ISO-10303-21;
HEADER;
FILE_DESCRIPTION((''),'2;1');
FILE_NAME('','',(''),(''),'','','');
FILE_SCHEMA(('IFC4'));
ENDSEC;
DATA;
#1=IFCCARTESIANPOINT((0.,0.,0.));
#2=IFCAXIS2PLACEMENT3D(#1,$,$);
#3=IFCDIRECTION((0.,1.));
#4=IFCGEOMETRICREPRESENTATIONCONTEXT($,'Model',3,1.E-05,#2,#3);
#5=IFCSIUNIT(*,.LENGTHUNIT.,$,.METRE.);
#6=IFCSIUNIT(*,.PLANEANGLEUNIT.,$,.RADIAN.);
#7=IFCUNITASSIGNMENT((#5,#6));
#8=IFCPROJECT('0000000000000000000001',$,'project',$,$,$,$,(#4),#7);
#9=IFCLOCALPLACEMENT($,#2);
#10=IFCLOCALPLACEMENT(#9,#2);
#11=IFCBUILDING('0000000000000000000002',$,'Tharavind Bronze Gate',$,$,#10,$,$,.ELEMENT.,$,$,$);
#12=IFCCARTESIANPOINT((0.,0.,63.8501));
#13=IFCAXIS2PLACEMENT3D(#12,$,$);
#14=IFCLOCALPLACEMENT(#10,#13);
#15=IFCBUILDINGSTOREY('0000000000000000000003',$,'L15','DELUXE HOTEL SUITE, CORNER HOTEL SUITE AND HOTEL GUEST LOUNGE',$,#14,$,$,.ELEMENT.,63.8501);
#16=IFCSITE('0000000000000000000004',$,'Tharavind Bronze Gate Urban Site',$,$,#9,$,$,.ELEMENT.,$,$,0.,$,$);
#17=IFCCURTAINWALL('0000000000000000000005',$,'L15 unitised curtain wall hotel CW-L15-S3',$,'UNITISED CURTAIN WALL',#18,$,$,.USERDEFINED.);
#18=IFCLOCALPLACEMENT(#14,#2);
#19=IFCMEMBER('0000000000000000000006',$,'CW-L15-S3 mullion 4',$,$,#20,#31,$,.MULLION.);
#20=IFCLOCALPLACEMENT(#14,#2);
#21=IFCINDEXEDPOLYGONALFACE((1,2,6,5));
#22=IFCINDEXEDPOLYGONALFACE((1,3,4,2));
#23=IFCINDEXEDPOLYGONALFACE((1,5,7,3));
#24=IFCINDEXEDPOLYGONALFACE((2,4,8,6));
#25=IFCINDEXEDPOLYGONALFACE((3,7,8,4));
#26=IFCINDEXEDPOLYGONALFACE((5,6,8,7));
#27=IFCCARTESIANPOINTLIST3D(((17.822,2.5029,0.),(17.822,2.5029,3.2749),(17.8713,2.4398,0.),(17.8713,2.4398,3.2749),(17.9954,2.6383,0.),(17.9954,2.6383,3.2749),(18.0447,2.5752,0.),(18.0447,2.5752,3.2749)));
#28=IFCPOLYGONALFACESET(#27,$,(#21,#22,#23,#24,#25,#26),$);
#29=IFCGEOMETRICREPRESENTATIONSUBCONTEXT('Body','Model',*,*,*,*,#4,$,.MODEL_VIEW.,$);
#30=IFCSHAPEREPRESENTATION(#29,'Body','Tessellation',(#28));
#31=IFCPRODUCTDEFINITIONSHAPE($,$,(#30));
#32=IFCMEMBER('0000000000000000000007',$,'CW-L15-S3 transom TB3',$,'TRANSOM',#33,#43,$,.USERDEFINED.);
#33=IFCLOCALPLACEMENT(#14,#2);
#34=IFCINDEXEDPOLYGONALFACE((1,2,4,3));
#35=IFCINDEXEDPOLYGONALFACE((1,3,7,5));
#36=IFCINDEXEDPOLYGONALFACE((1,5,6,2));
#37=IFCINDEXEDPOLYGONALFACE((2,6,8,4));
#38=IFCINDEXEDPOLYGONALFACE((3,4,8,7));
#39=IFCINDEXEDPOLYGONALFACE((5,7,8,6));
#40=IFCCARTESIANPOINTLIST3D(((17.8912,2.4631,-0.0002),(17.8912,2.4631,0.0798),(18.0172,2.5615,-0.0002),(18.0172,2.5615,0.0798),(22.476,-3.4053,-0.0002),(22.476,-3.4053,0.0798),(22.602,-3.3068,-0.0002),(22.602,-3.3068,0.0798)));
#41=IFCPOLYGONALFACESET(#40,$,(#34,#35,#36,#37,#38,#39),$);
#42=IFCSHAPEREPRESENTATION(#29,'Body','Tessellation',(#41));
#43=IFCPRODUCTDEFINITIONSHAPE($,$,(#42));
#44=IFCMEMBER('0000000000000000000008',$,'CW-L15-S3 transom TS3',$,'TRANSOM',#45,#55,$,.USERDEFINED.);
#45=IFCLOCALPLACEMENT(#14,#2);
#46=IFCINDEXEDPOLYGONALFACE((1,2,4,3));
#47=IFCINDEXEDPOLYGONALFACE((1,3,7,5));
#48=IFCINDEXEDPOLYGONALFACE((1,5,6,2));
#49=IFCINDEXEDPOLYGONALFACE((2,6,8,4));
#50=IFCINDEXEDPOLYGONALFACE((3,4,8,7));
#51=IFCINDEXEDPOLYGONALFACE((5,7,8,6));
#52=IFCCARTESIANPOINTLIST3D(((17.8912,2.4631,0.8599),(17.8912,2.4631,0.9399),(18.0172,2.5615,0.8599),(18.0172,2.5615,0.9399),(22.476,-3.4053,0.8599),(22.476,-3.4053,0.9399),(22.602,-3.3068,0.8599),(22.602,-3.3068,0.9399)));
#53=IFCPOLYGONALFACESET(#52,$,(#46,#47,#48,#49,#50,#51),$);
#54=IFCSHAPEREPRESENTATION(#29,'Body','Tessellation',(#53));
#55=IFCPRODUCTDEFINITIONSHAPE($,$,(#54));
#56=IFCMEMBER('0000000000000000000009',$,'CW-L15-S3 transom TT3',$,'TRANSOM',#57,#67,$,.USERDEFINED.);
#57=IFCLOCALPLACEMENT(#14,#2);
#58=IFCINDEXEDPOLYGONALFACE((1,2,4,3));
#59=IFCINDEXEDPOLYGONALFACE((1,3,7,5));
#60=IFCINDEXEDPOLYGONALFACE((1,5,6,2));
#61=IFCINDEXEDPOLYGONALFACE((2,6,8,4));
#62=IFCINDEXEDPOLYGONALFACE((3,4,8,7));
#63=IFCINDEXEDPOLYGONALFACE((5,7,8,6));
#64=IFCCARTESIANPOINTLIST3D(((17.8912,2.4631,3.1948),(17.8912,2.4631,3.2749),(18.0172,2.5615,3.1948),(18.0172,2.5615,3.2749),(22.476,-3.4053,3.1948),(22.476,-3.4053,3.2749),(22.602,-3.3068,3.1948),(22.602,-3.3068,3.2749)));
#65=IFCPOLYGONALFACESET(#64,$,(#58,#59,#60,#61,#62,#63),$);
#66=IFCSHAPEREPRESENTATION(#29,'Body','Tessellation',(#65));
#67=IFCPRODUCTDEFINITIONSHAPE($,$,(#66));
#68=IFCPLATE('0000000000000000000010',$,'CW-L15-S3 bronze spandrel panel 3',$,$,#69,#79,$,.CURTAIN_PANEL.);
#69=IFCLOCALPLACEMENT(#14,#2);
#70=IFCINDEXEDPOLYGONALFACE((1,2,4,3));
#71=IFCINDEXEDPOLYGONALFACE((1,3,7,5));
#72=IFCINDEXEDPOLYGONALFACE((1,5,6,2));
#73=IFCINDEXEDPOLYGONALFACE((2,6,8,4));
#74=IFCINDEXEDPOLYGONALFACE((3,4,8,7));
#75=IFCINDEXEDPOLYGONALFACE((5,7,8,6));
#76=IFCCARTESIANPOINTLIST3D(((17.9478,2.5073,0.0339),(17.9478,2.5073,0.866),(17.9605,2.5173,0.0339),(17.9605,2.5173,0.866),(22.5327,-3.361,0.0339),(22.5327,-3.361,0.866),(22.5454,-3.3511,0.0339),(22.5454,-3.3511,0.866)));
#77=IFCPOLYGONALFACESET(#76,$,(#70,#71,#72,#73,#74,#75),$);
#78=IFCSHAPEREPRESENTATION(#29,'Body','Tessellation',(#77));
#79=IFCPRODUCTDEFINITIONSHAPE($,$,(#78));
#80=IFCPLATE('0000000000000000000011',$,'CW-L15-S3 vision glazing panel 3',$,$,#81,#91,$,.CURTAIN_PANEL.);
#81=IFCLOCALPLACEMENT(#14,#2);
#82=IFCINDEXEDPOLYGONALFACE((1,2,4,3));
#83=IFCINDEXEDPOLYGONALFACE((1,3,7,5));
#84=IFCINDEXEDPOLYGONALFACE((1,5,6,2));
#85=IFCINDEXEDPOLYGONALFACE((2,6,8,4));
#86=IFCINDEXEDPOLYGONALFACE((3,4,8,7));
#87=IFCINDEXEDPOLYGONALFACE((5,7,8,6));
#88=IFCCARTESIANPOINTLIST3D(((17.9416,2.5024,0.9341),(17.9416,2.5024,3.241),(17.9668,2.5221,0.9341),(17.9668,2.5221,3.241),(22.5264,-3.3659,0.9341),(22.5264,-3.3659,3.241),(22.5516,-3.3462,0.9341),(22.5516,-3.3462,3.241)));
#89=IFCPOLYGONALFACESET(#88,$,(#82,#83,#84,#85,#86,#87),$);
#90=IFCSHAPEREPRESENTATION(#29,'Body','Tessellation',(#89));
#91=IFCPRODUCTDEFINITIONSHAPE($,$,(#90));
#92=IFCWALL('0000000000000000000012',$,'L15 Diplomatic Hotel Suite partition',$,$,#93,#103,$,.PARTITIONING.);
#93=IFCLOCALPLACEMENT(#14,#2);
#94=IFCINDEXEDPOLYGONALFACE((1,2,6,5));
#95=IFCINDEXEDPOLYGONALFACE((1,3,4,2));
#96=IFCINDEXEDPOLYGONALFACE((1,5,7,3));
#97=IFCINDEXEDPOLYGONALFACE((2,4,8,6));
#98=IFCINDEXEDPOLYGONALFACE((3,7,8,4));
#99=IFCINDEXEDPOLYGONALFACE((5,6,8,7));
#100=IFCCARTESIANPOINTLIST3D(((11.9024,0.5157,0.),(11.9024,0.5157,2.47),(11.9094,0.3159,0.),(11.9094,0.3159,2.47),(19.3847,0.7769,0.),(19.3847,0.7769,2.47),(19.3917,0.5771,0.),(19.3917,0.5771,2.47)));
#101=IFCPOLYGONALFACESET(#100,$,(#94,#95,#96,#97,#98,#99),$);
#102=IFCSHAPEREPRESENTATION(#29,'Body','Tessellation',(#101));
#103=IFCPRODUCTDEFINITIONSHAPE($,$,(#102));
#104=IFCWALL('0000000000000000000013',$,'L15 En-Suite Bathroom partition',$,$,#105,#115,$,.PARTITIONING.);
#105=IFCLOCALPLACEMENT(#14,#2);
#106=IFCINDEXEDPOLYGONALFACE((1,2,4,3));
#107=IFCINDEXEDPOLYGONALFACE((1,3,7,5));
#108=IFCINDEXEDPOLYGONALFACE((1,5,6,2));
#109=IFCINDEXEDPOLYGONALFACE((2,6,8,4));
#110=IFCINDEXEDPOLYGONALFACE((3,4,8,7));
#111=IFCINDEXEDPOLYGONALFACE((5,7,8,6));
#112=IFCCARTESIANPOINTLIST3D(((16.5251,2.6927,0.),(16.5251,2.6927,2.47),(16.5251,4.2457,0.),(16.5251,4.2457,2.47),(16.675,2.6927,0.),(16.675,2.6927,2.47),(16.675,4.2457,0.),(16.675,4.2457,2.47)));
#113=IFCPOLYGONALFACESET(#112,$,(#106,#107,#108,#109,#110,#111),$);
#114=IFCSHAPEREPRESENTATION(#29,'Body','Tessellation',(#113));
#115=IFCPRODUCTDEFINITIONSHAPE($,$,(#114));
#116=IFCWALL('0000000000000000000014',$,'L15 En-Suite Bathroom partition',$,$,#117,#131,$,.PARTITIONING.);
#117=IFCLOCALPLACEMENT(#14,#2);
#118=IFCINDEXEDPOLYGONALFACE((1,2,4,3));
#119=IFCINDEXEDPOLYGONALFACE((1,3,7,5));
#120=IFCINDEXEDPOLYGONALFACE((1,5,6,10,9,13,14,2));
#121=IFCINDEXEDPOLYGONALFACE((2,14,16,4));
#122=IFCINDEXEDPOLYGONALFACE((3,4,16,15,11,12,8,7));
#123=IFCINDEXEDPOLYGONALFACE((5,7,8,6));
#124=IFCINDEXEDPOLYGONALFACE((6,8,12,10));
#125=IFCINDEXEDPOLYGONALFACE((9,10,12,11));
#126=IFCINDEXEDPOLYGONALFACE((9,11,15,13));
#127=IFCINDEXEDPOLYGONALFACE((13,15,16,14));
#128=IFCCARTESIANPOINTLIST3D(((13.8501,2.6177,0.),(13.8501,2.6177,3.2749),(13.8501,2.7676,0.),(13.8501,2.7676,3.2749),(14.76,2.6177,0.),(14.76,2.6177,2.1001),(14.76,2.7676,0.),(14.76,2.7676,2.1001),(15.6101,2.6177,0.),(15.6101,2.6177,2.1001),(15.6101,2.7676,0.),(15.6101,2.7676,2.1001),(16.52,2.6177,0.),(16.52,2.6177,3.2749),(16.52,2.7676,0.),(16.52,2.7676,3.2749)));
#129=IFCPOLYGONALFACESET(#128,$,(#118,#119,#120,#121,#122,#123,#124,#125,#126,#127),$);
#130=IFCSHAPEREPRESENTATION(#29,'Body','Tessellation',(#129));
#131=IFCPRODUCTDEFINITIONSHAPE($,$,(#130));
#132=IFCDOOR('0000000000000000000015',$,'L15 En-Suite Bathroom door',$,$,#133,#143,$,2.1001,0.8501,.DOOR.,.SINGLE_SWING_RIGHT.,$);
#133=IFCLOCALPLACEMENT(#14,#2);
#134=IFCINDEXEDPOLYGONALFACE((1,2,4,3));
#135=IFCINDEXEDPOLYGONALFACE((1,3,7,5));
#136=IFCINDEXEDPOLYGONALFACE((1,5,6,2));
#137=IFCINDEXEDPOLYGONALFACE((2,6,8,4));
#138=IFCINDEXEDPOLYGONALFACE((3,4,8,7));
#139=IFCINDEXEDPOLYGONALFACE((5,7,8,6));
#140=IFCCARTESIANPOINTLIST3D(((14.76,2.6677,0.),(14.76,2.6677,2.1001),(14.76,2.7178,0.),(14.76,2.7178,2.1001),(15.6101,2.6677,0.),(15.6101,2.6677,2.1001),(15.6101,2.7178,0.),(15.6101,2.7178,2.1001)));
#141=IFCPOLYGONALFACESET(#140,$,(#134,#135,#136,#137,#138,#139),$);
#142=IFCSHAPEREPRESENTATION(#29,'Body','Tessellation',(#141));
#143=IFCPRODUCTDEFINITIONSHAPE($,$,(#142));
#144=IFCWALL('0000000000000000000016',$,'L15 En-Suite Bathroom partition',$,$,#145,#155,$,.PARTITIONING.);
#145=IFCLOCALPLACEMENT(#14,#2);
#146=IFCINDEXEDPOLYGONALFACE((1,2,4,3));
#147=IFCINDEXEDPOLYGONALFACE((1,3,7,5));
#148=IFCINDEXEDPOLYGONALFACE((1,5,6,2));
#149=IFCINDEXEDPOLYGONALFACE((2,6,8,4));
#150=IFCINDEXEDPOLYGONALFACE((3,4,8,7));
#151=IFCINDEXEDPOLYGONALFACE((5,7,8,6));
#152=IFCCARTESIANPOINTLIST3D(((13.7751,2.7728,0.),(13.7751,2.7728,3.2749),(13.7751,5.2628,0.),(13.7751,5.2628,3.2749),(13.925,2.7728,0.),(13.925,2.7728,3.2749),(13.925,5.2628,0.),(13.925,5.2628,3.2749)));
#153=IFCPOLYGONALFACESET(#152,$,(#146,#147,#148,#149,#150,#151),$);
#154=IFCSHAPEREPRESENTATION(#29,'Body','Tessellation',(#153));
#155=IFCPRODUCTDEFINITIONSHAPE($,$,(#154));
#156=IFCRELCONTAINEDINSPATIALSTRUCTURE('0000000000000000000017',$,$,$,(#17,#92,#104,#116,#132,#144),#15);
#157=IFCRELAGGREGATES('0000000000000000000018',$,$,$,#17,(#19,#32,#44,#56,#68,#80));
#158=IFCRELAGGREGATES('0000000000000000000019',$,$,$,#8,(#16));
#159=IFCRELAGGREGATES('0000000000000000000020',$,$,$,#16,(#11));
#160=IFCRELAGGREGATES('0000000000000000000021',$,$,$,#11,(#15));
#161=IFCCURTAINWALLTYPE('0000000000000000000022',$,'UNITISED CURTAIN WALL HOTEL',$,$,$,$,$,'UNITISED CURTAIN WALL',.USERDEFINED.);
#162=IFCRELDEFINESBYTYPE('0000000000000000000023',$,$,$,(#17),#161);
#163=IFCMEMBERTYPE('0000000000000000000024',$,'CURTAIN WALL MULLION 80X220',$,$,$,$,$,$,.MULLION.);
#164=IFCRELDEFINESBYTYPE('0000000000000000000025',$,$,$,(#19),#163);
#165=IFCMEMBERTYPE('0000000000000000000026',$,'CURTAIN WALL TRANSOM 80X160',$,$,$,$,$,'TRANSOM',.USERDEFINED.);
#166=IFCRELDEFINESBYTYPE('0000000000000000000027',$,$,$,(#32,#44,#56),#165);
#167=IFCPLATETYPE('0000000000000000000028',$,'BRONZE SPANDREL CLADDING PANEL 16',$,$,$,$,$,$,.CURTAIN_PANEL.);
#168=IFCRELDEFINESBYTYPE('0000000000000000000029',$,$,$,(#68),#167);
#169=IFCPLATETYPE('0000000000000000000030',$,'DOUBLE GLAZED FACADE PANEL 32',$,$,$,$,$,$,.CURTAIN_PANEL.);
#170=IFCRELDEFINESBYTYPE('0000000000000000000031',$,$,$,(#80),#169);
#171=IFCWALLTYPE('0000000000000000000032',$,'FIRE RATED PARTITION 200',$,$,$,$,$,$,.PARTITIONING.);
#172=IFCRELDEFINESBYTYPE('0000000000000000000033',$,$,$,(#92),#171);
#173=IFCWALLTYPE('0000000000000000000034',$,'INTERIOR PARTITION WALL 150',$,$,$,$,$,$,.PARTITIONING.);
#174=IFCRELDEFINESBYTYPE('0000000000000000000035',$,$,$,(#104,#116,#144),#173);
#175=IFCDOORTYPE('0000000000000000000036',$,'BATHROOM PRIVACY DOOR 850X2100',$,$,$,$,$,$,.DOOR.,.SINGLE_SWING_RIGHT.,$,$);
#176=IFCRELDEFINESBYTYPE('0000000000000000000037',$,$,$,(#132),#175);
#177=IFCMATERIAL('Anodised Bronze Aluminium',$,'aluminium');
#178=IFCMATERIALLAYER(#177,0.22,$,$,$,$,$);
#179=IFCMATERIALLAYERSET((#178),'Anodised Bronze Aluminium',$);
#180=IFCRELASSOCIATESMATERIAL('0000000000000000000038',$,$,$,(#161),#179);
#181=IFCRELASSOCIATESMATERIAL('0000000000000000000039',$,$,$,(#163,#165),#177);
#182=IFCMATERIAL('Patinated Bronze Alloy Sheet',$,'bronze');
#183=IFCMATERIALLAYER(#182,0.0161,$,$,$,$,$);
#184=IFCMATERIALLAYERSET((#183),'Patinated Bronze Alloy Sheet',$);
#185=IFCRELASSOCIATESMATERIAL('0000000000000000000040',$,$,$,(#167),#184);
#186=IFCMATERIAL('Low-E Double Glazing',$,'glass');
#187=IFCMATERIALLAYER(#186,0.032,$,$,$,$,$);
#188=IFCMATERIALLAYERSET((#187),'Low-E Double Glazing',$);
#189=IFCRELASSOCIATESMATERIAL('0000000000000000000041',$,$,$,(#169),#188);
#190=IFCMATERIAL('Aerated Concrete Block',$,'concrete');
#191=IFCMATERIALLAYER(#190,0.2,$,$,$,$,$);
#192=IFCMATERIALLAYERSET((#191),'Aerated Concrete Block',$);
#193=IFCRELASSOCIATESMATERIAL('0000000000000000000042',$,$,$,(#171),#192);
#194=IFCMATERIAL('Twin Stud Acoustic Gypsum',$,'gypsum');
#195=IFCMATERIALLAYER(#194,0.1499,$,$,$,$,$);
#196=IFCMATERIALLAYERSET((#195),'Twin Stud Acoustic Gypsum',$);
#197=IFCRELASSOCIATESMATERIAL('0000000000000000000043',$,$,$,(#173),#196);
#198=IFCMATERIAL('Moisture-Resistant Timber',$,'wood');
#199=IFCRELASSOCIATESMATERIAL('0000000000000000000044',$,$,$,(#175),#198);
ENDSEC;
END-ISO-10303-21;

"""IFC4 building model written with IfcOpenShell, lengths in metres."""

from ifc_helpers import new_model, si_unit, direction, frame, frame_2d, origin, origin_2d, place, context, subcontext, project, spatial, rectangle, extrude, material, layer, layer_set, type_object, element, fill, aggregate, save


model = new_model("IFC4")

# Units and contexts
model_context = context("Model", 3, precision=1e-05, world=origin(), true_north=direction((0.0, 1.0)))
body_context = subcontext(model_context, "Body", "Model", "MODEL_VIEW")
ifc_project = project(units=[si_unit("LENGTHUNIT", "METRE"), si_unit("PLANEANGLEUNIT", "RADIAN")], contexts=[model_context])

# Site, building, storey
site_placement = place(None, origin())
site = spatial("IfcSite", under=ifc_project, at=site_placement, Name="Tharavind Bronze Gate Urban Site", CompositionType="ELEMENT", RefElevation=0.0)
building_placement = place(site_placement, origin())
building = spatial("IfcBuilding", under=site, at=building_placement, Name="Tharavind Bronze Gate", CompositionType="ELEMENT")
storey_placement = place(building_placement, frame((0.0, 0.0, 63.8501)))
storey = spatial("IfcBuildingStorey", under=building, at=storey_placement, Name="L15", Description="DELUXE HOTEL SUITE, CORNER HOTEL SUITE AND HOTEL GUEST LOUNGE", CompositionType="ELEMENT", Elevation=63.8501)

# Curtain wall, members, plates
ifc_material_1 = material(Name="Anodised Bronze Aluminium", Category="aluminium")
ifc_layer_1 = layer(ifc_material_1, 0.22)
ifc_layer_set_1 = layer_set([ifc_layer_1], Name="Anodised Bronze Aluminium")
curtain_wall_type = type_object("IfcCurtainWallType", Name="UNITISED CURTAIN WALL HOTEL", ElementType="UNITISED CURTAIN WALL", PredefinedType="USERDEFINED", material=ifc_layer_set_1)
curtain_wall_placement = place(storey_placement, origin())
curtain_wall = element("IfcCurtainWall", 1, at=curtain_wall_placement, inside=storey, type_object=curtain_wall_type, Name="L15 unitised curtain wall hotel CW-L15-S3", ObjectType="UNITISED CURTAIN WALL", PredefinedType="USERDEFINED")
member_type_1 = type_object("IfcMemberType", Name="CURTAIN WALL MULLION 80X220", PredefinedType="MULLION", material=ifc_material_1)
member_1_placement = place(storey_placement, frame((17.9333, 2.5391, 0.0), z_axis=(0.0, 0.0, 1.0), x_axis=(-0.615661, 0.788011, 0.0)))
member_1 = element("IfcMember", 2, at=member_1_placement, type_object=member_type_1, Name="CW-L15-S3 mullion 4", PredefinedType="MULLION", context=body_context, shape_type="SweptSolid", body=[
    extrude(rectangle(XDim=0.0801, YDim=0.22, at=origin_2d()), origin(), (0.0, 0.0, 1.0), 3.2749),
])
member_type_2 = type_object("IfcMemberType", Name="CURTAIN WALL TRANSOM 80X160", ElementType="TRANSOM", PredefinedType="USERDEFINED", material=ifc_material_1)
member_2_placement = place(storey_placement, frame((20.2466, -0.4219, -0.0002), z_axis=(0.0, 0.0, 1.0), x_axis=(-0.615661, 0.788011, 0.0)))
member_2 = element("IfcMember", 3, at=member_2_placement, type_object=member_type_2, Name="CW-L15-S3 transom TB3", ObjectType="TRANSOM", PredefinedType="USERDEFINED", context=body_context, shape_type="SweptSolid", body=[
    extrude(rectangle(XDim=7.447, YDim=0.1599, at=origin_2d()), origin(), (0.0, 0.0, 1.0), 0.0801),
])
member_3_placement = place(storey_placement, frame((20.2466, -0.4219, 0.8599), z_axis=(0.0, 0.0, 1.0), x_axis=(-0.615661, 0.788011, 0.0)))
member_3 = element("IfcMember", 4, at=member_3_placement, type_object=member_type_2, Name="CW-L15-S3 transom TS3", ObjectType="TRANSOM", PredefinedType="USERDEFINED", context=body_context, shape_type="SweptSolid", body=[
    extrude(rectangle(XDim=7.447, YDim=0.1599, at=origin_2d()), origin(), (0.0, 0.0, 1.0), 0.0801),
])
member_4_placement = place(storey_placement, frame((20.2466, -0.4219, 3.1948), z_axis=(0.0, 0.0, 1.0), x_axis=(-0.615661, 0.788011, 0.0)))
member_4 = element("IfcMember", 5, at=member_4_placement, type_object=member_type_2, Name="CW-L15-S3 transom TT3", ObjectType="TRANSOM", PredefinedType="USERDEFINED", context=body_context, shape_type="SweptSolid", body=[
    extrude(rectangle(XDim=7.447, YDim=0.1599, at=origin_2d()), origin(), (0.0, 0.0, 1.0), 0.0801),
])
ifc_material_2 = material(Name="Patinated Bronze Alloy Sheet", Category="bronze")
ifc_layer_2 = layer(ifc_material_2, 0.0161)
ifc_layer_set_2 = layer_set([ifc_layer_2], Name="Patinated Bronze Alloy Sheet")
plate_type_1 = type_object("IfcPlateType", Name="BRONZE SPANDREL CLADDING PANEL 16", PredefinedType="CURTAIN_PANEL", material=ifc_layer_set_2)
plate_1_placement = place(storey_placement, frame((20.2466, -0.4219, 0.0339), z_axis=(0.0, 0.0, 1.0), x_axis=(-0.615661, 0.788011, 0.0)))
plate_1 = element("IfcPlate", 6, at=plate_1_placement, type_object=plate_type_1, Name="CW-L15-S3 bronze spandrel panel 3", PredefinedType="CURTAIN_PANEL", context=body_context, shape_type="SweptSolid", body=[
    extrude(rectangle(XDim=7.447, YDim=0.0161, at=origin_2d()), origin(), (0.0, 0.0, 1.0), 0.832),
])
ifc_material_3 = material(Name="Low-E Double Glazing", Category="glass")
ifc_layer_3 = layer(ifc_material_3, 0.032)
ifc_layer_set_3 = layer_set([ifc_layer_3], Name="Low-E Double Glazing")
plate_type_2 = type_object("IfcPlateType", Name="DOUBLE GLAZED FACADE PANEL 32", PredefinedType="CURTAIN_PANEL", material=ifc_layer_set_3)
plate_2_placement = place(storey_placement, frame((20.2466, -0.4219, 0.9341), z_axis=(0.0, 0.0, 1.0), x_axis=(-0.615661, 0.788011, 0.0)))
plate_2 = element("IfcPlate", 7, at=plate_2_placement, type_object=plate_type_2, Name="CW-L15-S3 vision glazing panel 3", PredefinedType="CURTAIN_PANEL", context=body_context, shape_type="SweptSolid", body=[
    extrude(rectangle(XDim=7.447, YDim=0.032, at=origin_2d()), origin(), (0.0, 0.0, 1.0), 2.3069),
])
aggregate(curtain_wall, [member_1, member_2, member_3, member_4, plate_1, plate_2])

# Wall
ifc_material_4 = material(Name="Aerated Concrete Block", Category="concrete")
ifc_layer_4 = layer(ifc_material_4, 0.2)
ifc_layer_set_4 = layer_set([ifc_layer_4], Name="Aerated Concrete Block")
wall_type_1 = type_object("IfcWallType", Name="FIRE RATED PARTITION 200", PredefinedType="PARTITIONING", material=ifc_layer_set_4)
wall_1_placement = place(storey_placement, frame((19.3882, 0.677, 0.0), z_axis=(0.0, 0.0, 1.0), x_axis=(-0.999391, -0.034892, 0.0)))
element("IfcWall", 8, at=wall_1_placement, inside=storey, type_object=wall_type_1, Name="L15 Diplomatic Hotel Suite partition", PredefinedType="PARTITIONING", context=body_context, shape_type="SweptSolid", body=[
    extrude(rectangle(XDim=7.4868, YDim=0.2, at=frame_2d((3.7434, 0.0))), origin(), (0.0, 0.0, 1.0), 2.47),
])

# Wall
ifc_material_5 = material(Name="Twin Stud Acoustic Gypsum", Category="gypsum")
ifc_layer_5 = layer(ifc_material_5, 0.1499)
ifc_layer_set_5 = layer_set([ifc_layer_5], Name="Twin Stud Acoustic Gypsum")
wall_type_2 = type_object("IfcWallType", Name="INTERIOR PARTITION WALL 150", PredefinedType="PARTITIONING", material=ifc_layer_set_5)
wall_2_placement = place(storey_placement, frame((16.6001, 4.2456, 0.0), z_axis=(0.0, 0.0, 1.0), x_axis=(0.0, -1.0, 0.0)))
element("IfcWall", 9, at=wall_2_placement, inside=storey, type_object=wall_type_2, Name="L15 En-Suite Bathroom partition", PredefinedType="PARTITIONING", context=body_context, shape_type="SweptSolid", body=[
    extrude(rectangle(XDim=1.553, YDim=0.1499, at=frame_2d((0.7764, 0.0))), origin(), (0.0, 0.0, 1.0), 2.47),
])

# Wall, opening, door
wall_3_placement = place(storey_placement, frame((16.52, 2.6926, 0.0), z_axis=(0.0, 0.0, 1.0), x_axis=(-1.0, 0.0, 0.0)))
wall_3 = element("IfcWall", 10, at=wall_3_placement, inside=storey, type_object=wall_type_2, Name="L15 En-Suite Bathroom partition", PredefinedType="PARTITIONING", context=body_context, shape_type="SweptSolid", body=[
    extrude(rectangle(XDim=2.6699, YDim=0.1499, at=frame_2d((1.335, 0.0))), origin(), (0.0, 0.0, 1.0), 3.2749),
])
opening_1_placement = place(wall_3_placement, frame((0.9099, 0.0, 0.0)))
opening_1 = element("IfcOpeningElement", 11, at=opening_1_placement, cuts=wall_3, PredefinedType="OPENING", context=body_context, shape_type="SweptSolid", body=[
    extrude(rectangle(XDim=0.8501, YDim=2.1001, at=frame_2d((0.425, 1.05))), frame((0.0, 0.085, 0.0), z_axis=(0.0, -1.0, 0.0), x_axis=(1.0, 0.0, 0.0)), (0.0, 0.0, 1.0), 0.1699),
])
ifc_material_6 = material(Name="Moisture-Resistant Timber", Category="wood")
door_type_1 = type_object("IfcDoorType", Name="BATHROOM PRIVACY DOOR 850X2100", OperationType="SINGLE_SWING_RIGHT", PredefinedType="DOOR", material=ifc_material_6)
door_1_placement = place(opening_1_placement, origin())
door_1 = element("IfcDoor", 12, at=door_1_placement, inside=storey, type_object=door_type_1, Name="L15 En-Suite Bathroom door", OperationType="SINGLE_SWING_RIGHT", OverallHeight=2.1001, OverallWidth=0.8501, PredefinedType="DOOR", context=body_context, shape_type="SweptSolid", body=[
    extrude(rectangle(XDim=0.8501, YDim=2.1001, at=frame_2d((0.425, 1.05))), frame((0.0, 0.0249, 0.0), z_axis=(0.0, -1.0, 0.0), x_axis=(1.0, 0.0, 0.0)), (0.0, 0.0, 1.0), 0.05),
])
fill(opening_1, door_1)

# Wall
wall_4_placement = place(storey_placement, frame((13.8501, 2.7727, 0.0), z_axis=(0.0, 0.0, 1.0), x_axis=(0.0, 1.0, 0.0)))
element("IfcWall", 13, at=wall_4_placement, inside=storey, type_object=wall_type_2, Name="L15 En-Suite Bathroom partition", PredefinedType="PARTITIONING", context=body_context, shape_type="SweptSolid", body=[
    extrude(rectangle(XDim=2.49, YDim=0.1499, at=frame_2d((1.2451, 0.0))), origin(), (0.0, 0.0, 1.0), 3.2749),
])

save(model, "model.ifc")
